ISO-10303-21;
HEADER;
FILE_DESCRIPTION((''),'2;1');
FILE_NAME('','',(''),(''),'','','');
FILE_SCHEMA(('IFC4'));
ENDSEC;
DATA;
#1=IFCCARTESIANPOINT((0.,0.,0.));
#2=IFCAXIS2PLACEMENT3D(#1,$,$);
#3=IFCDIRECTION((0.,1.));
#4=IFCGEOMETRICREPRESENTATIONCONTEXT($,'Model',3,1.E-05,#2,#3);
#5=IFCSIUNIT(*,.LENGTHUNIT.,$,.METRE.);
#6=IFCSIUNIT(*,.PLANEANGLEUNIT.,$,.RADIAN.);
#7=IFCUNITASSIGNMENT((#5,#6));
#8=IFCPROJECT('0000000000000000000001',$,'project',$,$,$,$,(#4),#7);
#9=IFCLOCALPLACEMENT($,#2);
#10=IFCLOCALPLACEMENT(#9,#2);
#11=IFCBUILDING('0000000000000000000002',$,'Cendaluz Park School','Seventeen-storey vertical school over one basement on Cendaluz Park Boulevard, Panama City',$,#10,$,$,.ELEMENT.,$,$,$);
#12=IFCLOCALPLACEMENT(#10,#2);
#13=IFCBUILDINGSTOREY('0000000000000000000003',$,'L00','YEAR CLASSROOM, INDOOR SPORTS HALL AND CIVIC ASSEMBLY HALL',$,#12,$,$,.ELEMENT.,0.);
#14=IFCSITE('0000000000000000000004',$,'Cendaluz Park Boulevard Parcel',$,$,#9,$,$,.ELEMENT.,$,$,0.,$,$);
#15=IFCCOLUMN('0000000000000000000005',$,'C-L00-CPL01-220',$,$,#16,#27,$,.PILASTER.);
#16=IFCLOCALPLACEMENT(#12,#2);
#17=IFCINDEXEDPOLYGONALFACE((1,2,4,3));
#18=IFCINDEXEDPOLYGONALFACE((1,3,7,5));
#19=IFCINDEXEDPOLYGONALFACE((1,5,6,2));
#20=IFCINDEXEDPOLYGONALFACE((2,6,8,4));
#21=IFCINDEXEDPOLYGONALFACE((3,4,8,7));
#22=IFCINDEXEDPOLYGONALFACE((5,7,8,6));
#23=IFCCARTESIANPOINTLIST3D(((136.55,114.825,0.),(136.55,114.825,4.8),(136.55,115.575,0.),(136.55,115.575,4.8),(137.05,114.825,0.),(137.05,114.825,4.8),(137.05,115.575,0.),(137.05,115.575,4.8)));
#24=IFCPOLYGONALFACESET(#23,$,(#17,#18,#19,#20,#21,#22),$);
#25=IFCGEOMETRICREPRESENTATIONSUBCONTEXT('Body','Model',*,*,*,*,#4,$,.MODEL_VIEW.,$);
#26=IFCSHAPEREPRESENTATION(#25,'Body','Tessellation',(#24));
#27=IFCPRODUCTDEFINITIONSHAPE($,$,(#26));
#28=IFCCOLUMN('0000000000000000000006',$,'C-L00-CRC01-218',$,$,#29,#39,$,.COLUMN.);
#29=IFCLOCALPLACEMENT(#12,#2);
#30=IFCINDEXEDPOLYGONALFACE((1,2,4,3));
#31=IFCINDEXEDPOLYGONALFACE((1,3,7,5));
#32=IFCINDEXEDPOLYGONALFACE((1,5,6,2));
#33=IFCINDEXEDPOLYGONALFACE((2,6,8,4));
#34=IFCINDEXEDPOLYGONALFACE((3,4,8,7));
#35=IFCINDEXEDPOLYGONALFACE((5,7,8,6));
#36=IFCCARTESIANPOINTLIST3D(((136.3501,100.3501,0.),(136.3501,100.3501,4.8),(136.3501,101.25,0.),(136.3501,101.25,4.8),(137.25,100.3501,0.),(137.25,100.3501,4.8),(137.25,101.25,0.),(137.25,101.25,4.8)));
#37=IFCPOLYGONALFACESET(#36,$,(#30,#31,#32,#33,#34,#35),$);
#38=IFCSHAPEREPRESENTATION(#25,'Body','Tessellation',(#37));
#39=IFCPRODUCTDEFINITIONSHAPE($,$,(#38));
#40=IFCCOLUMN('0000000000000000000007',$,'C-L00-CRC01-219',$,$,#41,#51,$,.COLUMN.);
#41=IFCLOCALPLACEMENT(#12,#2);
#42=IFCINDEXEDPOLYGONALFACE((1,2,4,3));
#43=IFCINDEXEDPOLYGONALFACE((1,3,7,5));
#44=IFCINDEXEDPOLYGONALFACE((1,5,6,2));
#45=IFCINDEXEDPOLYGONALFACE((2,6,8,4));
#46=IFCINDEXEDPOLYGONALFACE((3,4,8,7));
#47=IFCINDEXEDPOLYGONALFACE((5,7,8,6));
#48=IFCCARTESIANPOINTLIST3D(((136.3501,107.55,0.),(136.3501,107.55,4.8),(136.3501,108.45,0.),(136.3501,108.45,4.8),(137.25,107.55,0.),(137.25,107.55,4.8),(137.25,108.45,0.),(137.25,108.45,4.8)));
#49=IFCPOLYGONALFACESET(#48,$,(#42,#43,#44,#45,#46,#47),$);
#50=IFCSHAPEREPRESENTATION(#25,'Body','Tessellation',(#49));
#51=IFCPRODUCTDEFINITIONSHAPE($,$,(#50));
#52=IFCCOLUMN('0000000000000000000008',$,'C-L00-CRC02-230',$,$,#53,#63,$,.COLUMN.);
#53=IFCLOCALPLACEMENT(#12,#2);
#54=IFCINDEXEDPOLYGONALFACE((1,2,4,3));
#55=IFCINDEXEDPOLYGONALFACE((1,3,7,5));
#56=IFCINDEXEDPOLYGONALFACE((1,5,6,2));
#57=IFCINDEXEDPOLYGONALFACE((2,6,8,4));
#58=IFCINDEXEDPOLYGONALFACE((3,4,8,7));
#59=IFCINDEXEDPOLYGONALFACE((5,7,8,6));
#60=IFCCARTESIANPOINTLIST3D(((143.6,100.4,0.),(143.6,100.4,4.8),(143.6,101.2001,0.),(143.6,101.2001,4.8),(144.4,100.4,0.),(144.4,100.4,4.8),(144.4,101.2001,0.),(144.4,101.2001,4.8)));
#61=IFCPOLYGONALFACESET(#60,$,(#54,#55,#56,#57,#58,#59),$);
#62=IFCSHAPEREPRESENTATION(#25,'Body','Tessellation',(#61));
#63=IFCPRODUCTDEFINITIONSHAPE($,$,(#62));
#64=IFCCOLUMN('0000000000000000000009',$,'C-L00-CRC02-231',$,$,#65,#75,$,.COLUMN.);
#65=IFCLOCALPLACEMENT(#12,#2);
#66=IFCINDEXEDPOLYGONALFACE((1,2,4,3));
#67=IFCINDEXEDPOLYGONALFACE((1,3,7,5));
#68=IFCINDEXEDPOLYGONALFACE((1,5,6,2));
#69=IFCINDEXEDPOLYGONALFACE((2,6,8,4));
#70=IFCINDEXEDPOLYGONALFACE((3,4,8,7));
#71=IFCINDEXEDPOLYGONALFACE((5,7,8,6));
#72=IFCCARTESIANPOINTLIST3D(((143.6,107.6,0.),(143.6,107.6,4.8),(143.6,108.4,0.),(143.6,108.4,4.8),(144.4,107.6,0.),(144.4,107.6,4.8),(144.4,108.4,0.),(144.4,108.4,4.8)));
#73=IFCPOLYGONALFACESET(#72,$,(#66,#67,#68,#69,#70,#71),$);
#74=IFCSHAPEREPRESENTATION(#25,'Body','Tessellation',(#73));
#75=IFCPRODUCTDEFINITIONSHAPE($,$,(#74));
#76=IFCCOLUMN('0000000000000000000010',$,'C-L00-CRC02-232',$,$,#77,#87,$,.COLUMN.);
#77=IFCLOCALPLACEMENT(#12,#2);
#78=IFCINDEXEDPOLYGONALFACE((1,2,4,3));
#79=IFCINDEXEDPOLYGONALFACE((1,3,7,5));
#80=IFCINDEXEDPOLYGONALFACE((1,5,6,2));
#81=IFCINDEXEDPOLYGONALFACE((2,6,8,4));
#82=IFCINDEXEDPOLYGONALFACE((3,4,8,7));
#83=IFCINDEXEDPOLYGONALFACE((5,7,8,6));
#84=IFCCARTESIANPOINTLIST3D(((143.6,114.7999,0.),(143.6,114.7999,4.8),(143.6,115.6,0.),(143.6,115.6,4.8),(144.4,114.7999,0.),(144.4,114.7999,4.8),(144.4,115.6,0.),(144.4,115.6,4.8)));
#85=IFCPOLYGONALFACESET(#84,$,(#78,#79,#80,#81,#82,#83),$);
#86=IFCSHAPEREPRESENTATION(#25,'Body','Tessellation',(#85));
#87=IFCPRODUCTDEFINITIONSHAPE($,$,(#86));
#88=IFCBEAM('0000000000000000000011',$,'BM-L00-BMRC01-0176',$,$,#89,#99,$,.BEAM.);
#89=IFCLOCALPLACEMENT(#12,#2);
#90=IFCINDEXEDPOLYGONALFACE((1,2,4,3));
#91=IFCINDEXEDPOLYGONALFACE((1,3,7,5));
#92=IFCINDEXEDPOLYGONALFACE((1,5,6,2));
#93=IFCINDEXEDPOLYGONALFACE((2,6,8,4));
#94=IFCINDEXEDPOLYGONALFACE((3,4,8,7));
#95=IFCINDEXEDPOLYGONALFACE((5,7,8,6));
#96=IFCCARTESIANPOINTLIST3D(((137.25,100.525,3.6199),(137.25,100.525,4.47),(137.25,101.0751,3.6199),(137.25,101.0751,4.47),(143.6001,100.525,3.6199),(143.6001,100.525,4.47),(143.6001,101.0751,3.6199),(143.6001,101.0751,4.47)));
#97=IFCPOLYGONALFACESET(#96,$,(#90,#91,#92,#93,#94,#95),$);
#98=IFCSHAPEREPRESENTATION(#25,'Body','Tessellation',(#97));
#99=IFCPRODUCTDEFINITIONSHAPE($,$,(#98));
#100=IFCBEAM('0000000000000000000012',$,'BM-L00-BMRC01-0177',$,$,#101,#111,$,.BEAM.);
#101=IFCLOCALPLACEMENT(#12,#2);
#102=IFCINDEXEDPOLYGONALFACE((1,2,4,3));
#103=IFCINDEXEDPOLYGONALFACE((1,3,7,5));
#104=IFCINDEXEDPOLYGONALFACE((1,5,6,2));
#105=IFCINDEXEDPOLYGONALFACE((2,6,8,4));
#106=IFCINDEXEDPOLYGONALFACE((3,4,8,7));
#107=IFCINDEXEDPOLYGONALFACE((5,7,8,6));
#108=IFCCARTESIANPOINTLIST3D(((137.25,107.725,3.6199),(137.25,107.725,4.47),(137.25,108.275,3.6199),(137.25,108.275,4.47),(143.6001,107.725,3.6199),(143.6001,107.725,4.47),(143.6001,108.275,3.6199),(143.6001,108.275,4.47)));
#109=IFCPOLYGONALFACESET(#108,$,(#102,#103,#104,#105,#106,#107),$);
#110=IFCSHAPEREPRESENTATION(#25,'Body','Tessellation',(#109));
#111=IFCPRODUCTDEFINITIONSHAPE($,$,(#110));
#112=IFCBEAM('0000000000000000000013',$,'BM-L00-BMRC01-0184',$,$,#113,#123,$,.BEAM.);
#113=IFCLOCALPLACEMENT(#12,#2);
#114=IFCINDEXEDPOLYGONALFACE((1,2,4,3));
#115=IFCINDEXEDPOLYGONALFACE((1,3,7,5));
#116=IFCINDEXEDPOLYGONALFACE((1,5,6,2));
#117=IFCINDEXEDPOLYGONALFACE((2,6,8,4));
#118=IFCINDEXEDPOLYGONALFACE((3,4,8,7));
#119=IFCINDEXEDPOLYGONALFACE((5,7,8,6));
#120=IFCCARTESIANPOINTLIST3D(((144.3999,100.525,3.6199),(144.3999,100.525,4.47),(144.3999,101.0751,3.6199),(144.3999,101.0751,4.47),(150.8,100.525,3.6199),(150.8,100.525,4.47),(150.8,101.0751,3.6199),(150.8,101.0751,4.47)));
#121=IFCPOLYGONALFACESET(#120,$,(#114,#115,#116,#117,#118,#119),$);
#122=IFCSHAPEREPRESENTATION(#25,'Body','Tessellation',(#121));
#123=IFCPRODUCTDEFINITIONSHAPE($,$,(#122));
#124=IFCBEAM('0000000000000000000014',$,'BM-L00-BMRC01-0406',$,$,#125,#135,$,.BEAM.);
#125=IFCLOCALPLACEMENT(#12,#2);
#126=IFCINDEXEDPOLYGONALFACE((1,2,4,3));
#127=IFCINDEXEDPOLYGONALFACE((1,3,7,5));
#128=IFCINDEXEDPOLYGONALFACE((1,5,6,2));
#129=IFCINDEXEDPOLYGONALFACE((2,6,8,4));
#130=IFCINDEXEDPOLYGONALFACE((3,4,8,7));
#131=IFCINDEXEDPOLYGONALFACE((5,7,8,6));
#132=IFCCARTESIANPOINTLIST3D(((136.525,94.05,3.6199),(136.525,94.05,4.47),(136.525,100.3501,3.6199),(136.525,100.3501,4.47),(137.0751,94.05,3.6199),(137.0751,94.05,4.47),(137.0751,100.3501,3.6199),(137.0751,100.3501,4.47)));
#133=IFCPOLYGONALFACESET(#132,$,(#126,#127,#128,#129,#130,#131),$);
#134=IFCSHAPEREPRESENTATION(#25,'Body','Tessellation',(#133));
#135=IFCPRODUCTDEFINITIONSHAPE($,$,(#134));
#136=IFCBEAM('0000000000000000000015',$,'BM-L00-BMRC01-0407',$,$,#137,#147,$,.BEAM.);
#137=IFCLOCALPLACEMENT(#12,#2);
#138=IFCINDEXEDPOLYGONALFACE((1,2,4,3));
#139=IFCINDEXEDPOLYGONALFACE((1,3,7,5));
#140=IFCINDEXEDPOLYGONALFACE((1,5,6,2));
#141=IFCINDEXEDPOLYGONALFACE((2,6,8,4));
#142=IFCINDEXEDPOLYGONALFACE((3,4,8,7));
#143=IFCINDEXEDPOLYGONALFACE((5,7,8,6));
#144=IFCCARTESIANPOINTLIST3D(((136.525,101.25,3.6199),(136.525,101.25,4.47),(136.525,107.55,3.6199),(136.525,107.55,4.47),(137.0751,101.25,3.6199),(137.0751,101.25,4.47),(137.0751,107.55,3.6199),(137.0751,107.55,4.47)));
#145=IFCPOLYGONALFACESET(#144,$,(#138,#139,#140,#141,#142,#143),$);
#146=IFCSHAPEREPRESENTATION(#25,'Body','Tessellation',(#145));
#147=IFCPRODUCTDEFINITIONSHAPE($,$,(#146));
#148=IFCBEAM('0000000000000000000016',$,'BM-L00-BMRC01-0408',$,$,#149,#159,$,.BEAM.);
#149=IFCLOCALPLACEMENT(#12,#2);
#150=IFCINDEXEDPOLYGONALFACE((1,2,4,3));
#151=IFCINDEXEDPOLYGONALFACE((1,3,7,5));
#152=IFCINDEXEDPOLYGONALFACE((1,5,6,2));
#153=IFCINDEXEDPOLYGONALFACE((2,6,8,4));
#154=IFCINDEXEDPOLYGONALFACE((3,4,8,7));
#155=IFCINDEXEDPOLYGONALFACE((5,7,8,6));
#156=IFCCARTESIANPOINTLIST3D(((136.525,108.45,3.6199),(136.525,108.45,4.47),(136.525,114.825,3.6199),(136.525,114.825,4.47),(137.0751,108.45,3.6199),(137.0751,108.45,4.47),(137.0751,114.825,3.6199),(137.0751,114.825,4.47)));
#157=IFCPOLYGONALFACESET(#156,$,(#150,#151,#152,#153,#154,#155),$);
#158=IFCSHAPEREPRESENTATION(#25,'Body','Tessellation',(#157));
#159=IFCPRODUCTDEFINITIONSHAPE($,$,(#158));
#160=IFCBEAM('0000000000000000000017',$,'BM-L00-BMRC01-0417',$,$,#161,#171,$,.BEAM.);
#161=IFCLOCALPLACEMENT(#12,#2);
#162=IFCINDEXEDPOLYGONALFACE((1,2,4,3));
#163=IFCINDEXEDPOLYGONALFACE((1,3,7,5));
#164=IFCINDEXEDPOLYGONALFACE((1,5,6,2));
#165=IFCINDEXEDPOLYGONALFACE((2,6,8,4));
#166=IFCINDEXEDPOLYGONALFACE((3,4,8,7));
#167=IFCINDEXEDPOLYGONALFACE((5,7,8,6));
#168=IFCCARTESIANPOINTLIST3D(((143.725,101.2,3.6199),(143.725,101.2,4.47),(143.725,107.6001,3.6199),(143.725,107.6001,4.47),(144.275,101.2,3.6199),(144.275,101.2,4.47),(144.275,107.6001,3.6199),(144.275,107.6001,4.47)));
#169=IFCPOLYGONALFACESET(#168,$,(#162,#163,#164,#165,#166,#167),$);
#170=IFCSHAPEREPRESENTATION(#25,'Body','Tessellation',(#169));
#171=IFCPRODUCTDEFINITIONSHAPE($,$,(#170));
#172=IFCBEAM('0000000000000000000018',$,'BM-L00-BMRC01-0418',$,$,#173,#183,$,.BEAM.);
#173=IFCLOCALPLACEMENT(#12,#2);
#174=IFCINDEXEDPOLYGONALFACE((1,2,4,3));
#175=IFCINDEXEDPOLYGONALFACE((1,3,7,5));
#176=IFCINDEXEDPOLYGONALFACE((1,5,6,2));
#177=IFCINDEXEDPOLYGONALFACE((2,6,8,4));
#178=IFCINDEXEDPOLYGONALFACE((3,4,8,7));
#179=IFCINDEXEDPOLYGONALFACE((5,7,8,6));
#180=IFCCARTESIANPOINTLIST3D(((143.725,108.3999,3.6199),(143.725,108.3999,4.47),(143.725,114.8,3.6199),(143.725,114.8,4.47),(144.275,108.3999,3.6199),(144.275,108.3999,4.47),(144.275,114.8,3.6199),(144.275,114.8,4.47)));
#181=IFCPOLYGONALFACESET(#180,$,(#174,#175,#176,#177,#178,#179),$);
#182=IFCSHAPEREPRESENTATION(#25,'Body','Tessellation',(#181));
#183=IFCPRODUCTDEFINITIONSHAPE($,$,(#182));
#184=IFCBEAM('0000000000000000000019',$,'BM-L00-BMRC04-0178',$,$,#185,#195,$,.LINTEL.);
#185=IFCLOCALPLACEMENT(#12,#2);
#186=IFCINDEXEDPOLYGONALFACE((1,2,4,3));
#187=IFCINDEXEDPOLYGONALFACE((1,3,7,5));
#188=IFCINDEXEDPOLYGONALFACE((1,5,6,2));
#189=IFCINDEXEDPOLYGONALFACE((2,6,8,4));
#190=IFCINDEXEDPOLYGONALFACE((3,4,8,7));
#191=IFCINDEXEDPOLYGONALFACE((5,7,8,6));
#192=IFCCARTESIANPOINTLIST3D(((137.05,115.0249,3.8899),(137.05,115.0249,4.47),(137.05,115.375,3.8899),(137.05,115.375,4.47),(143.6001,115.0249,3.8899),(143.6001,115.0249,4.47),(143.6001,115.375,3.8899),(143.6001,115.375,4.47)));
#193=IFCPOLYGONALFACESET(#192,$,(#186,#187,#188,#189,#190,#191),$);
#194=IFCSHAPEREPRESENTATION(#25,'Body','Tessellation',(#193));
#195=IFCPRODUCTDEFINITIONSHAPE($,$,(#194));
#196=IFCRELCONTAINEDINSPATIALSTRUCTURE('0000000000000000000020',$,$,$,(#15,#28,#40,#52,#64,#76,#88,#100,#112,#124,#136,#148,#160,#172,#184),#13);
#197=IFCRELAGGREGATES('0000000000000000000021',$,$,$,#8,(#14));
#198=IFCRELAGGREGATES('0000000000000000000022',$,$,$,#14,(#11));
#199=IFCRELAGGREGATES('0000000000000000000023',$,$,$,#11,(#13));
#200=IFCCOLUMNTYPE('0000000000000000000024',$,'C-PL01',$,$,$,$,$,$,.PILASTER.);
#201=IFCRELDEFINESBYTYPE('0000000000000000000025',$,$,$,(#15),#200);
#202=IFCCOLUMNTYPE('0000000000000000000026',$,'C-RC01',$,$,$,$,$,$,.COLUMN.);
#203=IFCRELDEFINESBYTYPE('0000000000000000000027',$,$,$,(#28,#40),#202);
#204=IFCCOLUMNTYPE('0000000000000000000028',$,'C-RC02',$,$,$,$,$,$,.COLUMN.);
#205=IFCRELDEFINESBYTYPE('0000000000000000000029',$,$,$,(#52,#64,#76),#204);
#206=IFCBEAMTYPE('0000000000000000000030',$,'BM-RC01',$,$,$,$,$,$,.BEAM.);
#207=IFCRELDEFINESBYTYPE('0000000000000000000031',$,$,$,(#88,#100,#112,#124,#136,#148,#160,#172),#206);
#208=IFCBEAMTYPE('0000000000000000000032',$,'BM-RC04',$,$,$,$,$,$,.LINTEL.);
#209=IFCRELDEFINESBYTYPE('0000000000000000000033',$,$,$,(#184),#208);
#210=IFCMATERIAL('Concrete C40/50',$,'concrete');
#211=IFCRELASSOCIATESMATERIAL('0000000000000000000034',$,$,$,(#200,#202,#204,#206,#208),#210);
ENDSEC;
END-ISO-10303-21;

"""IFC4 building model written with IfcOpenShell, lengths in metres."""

from ifc_helpers import new_model, si_unit, direction, frame, origin, origin_2d, place, context, subcontext, project, spatial, rectangle, extrude, material, material_profile, profile_set, type_object, element, save


model = new_model("IFC4")

# Units and contexts
model_context = context("Model", 3, precision=1e-05, world=origin(), true_north=direction((0.0, 1.0)))
body_context = subcontext(model_context, "Body", "Model", "MODEL_VIEW")
ifc_project = project(units=[si_unit("LENGTHUNIT", "METRE"), si_unit("PLANEANGLEUNIT", "RADIAN")], contexts=[model_context])

# Site, building, storey
site_placement = place(None, origin())
site = spatial("IfcSite", under=ifc_project, at=site_placement, Name="Cendaluz Park Boulevard Parcel", CompositionType="ELEMENT", RefElevation=0.0)
building_placement = place(site_placement, origin())
building = spatial("IfcBuilding", under=site, at=building_placement, Name="Cendaluz Park School", Description="Seventeen-storey vertical school over one basement on Cendaluz Park Boulevard, Panama City", CompositionType="ELEMENT")
storey_placement = place(building_placement, origin())
storey = spatial("IfcBuildingStorey", under=building, at=storey_placement, Name="L00", Description="YEAR CLASSROOM, INDOOR SPORTS HALL AND CIVIC ASSEMBLY HALL", CompositionType="ELEMENT", Elevation=0.0)

# Columns
ifc_material_1 = material(Name="Concrete C40/50", Category="concrete")
ifc_material_profile_1 = material_profile(ifc_material_1, rectangle(XDim=0.5, YDim=0.75, at=origin_2d()), Name="RC 500x750", Category="concrete")
ifc_profile_set_1 = profile_set([ifc_material_profile_1], Name="Concrete C40/50")
column_type_1 = type_object("IfcColumnType", Name="C-PL01", PredefinedType="PILASTER", material=ifc_profile_set_1)
column_placement = place(storey_placement, frame((136.8, 115.2, 0.0), z_axis=(0.0, 0.0, 1.0), x_axis=(1.0, 0.0, 0.0)))
element("IfcColumn", 1, at=column_placement, inside=storey, type_object=column_type_1, Name="C-L00-CPL01-220", PredefinedType="PILASTER", context=body_context, shape_type="SweptSolid", body=[
    extrude(rectangle(XDim=0.5, YDim=0.75, at=origin_2d()), origin(), (0.0, 0.0, 1.0), 4.8),
])
ifc_material_profile_2 = material_profile(ifc_material_1, rectangle(XDim=0.8999, YDim=0.8999, at=origin_2d()), Name="RC 900x900", Category="concrete")
ifc_profile_set_2 = profile_set([ifc_material_profile_2], Name="Concrete C40/50")
column_type_2 = type_object("IfcColumnType", Name="C-RC01", PredefinedType="COLUMN", material=ifc_profile_set_2)
for number, where, z_axis, x_axis, name in (
    (2, (136.8, 100.8, 0.0), (0.0, 0.0, 1.0), (1.0, 0.0, 0.0), "C-L00-CRC01-218"),
    (3, (136.8, 108.0, 0.0), (0.0, 0.0, 1.0), (1.0, 0.0, 0.0), "C-L00-CRC01-219"),
):
    element("IfcColumn", number, at=place(storey_placement, frame(where, z_axis=z_axis, x_axis=x_axis)), inside=storey, type_object=column_type_2, Name=name, PredefinedType="COLUMN", context=body_context, shape_type="SweptSolid", body=[
        extrude(rectangle(XDim=0.8999, YDim=0.8999, at=origin_2d()), origin(), (0.0, 0.0, 1.0), 4.8),
    ])
ifc_material_profile_3 = material_profile(ifc_material_1, rectangle(XDim=0.8, YDim=0.8, at=origin_2d()), Name="RC 800x800", Category="concrete")
ifc_profile_set_3 = profile_set([ifc_material_profile_3], Name="Concrete C40/50")
column_type_3 = type_object("IfcColumnType", Name="C-RC02", PredefinedType="COLUMN", material=ifc_profile_set_3)
for number, where, z_axis, x_axis, name in (
    (4, (144.0, 100.8, 0.0), (0.0, 0.0, 1.0), (1.0, 0.0, 0.0), "C-L00-CRC02-230"),
    (5, (144.0, 108.0, 0.0), (0.0, 0.0, 1.0), (1.0, 0.0, 0.0), "C-L00-CRC02-231"),
    (6, (144.0, 115.2, 0.0), (0.0, 0.0, 1.0), (1.0, 0.0, 0.0), "C-L00-CRC02-232"),
):
    element("IfcColumn", number, at=place(storey_placement, frame(where, z_axis=z_axis, x_axis=x_axis)), inside=storey, type_object=column_type_3, Name=name, PredefinedType="COLUMN", context=body_context, shape_type="SweptSolid", body=[
        extrude(rectangle(XDim=0.8, YDim=0.8, at=origin_2d()), origin(), (0.0, 0.0, 1.0), 4.8),
    ])

# Beams
ifc_material_profile_4 = material_profile(ifc_material_1, rectangle(XDim=0.55, YDim=0.8501, at=origin_2d()), Name="RC 550x850", Category="concrete")
ifc_profile_set_4 = profile_set([ifc_material_profile_4], Name="Concrete C40/50")
beam_type_1 = type_object("IfcBeamType", Name="BM-RC01", PredefinedType="BEAM", material=ifc_profile_set_4)
for number, where, z_axis, x_axis, name in (
    (7, (137.25, 100.8, 4.0449), (1.0, 0.0, 0.0), (0.0, 1.0, 0.0), "BM-L00-BMRC01-0176"),
    (8, (137.25, 108.0, 4.0449), (1.0, 0.0, 0.0), (0.0, 1.0, 0.0), "BM-L00-BMRC01-0177"),
):
    element("IfcBeam", number, at=place(storey_placement, frame(where, z_axis=z_axis, x_axis=x_axis)), inside=storey, type_object=beam_type_1, Name=name, PredefinedType="BEAM", context=body_context, shape_type="SweptSolid", body=[
        extrude(rectangle(XDim=0.55, YDim=0.8501, at=origin_2d()), origin(), (0.0, 0.0, 1.0), 6.3501),
    ])
beam_1_placement = place(storey_placement, frame((144.3999, 100.8, 4.0449), z_axis=(1.0, 0.0, 0.0), x_axis=(0.0, 1.0, 0.0)))
element("IfcBeam", 9, at=beam_1_placement, inside=storey, type_object=beam_type_1, Name="BM-L00-BMRC01-0184", PredefinedType="BEAM", context=body_context, shape_type="SweptSolid", body=[
    extrude(rectangle(XDim=0.55, YDim=0.8501, at=origin_2d()), origin(), (0.0, 0.0, 1.0), 6.4001),
])
for number, where, z_axis, x_axis, name in (
    (10, (136.8, 94.05, 4.0449), (0.0, 1.0, 0.0), (-1.0, 0.0, 0.0), "BM-L00-BMRC01-0406"),
    (11, (136.8, 101.25, 4.0449), (0.0, 1.0, 0.0), (-1.0, 0.0, 0.0), "BM-L00-BMRC01-0407"),
):
    element("IfcBeam", number, at=place(storey_placement, frame(where, z_axis=z_axis, x_axis=x_axis)), inside=storey, type_object=beam_type_1, Name=name, PredefinedType="BEAM", context=body_context, shape_type="SweptSolid", body=[
        extrude(rectangle(XDim=0.55, YDim=0.8501, at=origin_2d()), origin(), (0.0, 0.0, 1.0), 6.3),
    ])
beam_2_placement = place(storey_placement, frame((136.8, 108.45, 4.0449), z_axis=(0.0, 1.0, 0.0), x_axis=(-1.0, 0.0, 0.0)))
element("IfcBeam", 12, at=beam_2_placement, inside=storey, type_object=beam_type_1, Name="BM-L00-BMRC01-0408", PredefinedType="BEAM", context=body_context, shape_type="SweptSolid", body=[
    extrude(rectangle(XDim=0.55, YDim=0.8501, at=origin_2d()), origin(), (0.0, 0.0, 1.0), 6.375),
])
for number, where, z_axis, x_axis, name in (
    (13, (144.0, 101.2, 4.0449), (0.0, 1.0, 0.0), (-1.0, 0.0, 0.0), "BM-L00-BMRC01-0417"),
    (14, (144.0, 108.3999, 4.0449), (0.0, 1.0, 0.0), (-1.0, 0.0, 0.0), "BM-L00-BMRC01-0418"),
):
    element("IfcBeam", number, at=place(storey_placement, frame(where, z_axis=z_axis, x_axis=x_axis)), inside=storey, type_object=beam_type_1, Name=name, PredefinedType="BEAM", context=body_context, shape_type="SweptSolid", body=[
        extrude(rectangle(XDim=0.55, YDim=0.8501, at=origin_2d()), origin(), (0.0, 0.0, 1.0), 6.4001),
    ])
ifc_material_profile_5 = material_profile(ifc_material_1, rectangle(XDim=0.3501, YDim=0.5801, at=origin_2d()), Name="RC 350x580", Category="concrete")
ifc_profile_set_5 = profile_set([ifc_material_profile_5], Name="Concrete C40/50")
beam_type_2 = type_object("IfcBeamType", Name="BM-RC04", PredefinedType="LINTEL", material=ifc_profile_set_5)
beam_3_placement = place(storey_placement, frame((137.05, 115.2, 4.1799), z_axis=(1.0, 0.0, 0.0), x_axis=(0.0, 1.0, 0.0)))
element("IfcBeam", 15, at=beam_3_placement, inside=storey, type_object=beam_type_2, Name="BM-L00-BMRC04-0178", PredefinedType="LINTEL", context=body_context, shape_type="SweptSolid", body=[
    extrude(rectangle(XDim=0.3501, YDim=0.5801, at=origin_2d()), origin(), (0.0, 0.0, 1.0), 6.55),
])

save(model, "model.ifc")
